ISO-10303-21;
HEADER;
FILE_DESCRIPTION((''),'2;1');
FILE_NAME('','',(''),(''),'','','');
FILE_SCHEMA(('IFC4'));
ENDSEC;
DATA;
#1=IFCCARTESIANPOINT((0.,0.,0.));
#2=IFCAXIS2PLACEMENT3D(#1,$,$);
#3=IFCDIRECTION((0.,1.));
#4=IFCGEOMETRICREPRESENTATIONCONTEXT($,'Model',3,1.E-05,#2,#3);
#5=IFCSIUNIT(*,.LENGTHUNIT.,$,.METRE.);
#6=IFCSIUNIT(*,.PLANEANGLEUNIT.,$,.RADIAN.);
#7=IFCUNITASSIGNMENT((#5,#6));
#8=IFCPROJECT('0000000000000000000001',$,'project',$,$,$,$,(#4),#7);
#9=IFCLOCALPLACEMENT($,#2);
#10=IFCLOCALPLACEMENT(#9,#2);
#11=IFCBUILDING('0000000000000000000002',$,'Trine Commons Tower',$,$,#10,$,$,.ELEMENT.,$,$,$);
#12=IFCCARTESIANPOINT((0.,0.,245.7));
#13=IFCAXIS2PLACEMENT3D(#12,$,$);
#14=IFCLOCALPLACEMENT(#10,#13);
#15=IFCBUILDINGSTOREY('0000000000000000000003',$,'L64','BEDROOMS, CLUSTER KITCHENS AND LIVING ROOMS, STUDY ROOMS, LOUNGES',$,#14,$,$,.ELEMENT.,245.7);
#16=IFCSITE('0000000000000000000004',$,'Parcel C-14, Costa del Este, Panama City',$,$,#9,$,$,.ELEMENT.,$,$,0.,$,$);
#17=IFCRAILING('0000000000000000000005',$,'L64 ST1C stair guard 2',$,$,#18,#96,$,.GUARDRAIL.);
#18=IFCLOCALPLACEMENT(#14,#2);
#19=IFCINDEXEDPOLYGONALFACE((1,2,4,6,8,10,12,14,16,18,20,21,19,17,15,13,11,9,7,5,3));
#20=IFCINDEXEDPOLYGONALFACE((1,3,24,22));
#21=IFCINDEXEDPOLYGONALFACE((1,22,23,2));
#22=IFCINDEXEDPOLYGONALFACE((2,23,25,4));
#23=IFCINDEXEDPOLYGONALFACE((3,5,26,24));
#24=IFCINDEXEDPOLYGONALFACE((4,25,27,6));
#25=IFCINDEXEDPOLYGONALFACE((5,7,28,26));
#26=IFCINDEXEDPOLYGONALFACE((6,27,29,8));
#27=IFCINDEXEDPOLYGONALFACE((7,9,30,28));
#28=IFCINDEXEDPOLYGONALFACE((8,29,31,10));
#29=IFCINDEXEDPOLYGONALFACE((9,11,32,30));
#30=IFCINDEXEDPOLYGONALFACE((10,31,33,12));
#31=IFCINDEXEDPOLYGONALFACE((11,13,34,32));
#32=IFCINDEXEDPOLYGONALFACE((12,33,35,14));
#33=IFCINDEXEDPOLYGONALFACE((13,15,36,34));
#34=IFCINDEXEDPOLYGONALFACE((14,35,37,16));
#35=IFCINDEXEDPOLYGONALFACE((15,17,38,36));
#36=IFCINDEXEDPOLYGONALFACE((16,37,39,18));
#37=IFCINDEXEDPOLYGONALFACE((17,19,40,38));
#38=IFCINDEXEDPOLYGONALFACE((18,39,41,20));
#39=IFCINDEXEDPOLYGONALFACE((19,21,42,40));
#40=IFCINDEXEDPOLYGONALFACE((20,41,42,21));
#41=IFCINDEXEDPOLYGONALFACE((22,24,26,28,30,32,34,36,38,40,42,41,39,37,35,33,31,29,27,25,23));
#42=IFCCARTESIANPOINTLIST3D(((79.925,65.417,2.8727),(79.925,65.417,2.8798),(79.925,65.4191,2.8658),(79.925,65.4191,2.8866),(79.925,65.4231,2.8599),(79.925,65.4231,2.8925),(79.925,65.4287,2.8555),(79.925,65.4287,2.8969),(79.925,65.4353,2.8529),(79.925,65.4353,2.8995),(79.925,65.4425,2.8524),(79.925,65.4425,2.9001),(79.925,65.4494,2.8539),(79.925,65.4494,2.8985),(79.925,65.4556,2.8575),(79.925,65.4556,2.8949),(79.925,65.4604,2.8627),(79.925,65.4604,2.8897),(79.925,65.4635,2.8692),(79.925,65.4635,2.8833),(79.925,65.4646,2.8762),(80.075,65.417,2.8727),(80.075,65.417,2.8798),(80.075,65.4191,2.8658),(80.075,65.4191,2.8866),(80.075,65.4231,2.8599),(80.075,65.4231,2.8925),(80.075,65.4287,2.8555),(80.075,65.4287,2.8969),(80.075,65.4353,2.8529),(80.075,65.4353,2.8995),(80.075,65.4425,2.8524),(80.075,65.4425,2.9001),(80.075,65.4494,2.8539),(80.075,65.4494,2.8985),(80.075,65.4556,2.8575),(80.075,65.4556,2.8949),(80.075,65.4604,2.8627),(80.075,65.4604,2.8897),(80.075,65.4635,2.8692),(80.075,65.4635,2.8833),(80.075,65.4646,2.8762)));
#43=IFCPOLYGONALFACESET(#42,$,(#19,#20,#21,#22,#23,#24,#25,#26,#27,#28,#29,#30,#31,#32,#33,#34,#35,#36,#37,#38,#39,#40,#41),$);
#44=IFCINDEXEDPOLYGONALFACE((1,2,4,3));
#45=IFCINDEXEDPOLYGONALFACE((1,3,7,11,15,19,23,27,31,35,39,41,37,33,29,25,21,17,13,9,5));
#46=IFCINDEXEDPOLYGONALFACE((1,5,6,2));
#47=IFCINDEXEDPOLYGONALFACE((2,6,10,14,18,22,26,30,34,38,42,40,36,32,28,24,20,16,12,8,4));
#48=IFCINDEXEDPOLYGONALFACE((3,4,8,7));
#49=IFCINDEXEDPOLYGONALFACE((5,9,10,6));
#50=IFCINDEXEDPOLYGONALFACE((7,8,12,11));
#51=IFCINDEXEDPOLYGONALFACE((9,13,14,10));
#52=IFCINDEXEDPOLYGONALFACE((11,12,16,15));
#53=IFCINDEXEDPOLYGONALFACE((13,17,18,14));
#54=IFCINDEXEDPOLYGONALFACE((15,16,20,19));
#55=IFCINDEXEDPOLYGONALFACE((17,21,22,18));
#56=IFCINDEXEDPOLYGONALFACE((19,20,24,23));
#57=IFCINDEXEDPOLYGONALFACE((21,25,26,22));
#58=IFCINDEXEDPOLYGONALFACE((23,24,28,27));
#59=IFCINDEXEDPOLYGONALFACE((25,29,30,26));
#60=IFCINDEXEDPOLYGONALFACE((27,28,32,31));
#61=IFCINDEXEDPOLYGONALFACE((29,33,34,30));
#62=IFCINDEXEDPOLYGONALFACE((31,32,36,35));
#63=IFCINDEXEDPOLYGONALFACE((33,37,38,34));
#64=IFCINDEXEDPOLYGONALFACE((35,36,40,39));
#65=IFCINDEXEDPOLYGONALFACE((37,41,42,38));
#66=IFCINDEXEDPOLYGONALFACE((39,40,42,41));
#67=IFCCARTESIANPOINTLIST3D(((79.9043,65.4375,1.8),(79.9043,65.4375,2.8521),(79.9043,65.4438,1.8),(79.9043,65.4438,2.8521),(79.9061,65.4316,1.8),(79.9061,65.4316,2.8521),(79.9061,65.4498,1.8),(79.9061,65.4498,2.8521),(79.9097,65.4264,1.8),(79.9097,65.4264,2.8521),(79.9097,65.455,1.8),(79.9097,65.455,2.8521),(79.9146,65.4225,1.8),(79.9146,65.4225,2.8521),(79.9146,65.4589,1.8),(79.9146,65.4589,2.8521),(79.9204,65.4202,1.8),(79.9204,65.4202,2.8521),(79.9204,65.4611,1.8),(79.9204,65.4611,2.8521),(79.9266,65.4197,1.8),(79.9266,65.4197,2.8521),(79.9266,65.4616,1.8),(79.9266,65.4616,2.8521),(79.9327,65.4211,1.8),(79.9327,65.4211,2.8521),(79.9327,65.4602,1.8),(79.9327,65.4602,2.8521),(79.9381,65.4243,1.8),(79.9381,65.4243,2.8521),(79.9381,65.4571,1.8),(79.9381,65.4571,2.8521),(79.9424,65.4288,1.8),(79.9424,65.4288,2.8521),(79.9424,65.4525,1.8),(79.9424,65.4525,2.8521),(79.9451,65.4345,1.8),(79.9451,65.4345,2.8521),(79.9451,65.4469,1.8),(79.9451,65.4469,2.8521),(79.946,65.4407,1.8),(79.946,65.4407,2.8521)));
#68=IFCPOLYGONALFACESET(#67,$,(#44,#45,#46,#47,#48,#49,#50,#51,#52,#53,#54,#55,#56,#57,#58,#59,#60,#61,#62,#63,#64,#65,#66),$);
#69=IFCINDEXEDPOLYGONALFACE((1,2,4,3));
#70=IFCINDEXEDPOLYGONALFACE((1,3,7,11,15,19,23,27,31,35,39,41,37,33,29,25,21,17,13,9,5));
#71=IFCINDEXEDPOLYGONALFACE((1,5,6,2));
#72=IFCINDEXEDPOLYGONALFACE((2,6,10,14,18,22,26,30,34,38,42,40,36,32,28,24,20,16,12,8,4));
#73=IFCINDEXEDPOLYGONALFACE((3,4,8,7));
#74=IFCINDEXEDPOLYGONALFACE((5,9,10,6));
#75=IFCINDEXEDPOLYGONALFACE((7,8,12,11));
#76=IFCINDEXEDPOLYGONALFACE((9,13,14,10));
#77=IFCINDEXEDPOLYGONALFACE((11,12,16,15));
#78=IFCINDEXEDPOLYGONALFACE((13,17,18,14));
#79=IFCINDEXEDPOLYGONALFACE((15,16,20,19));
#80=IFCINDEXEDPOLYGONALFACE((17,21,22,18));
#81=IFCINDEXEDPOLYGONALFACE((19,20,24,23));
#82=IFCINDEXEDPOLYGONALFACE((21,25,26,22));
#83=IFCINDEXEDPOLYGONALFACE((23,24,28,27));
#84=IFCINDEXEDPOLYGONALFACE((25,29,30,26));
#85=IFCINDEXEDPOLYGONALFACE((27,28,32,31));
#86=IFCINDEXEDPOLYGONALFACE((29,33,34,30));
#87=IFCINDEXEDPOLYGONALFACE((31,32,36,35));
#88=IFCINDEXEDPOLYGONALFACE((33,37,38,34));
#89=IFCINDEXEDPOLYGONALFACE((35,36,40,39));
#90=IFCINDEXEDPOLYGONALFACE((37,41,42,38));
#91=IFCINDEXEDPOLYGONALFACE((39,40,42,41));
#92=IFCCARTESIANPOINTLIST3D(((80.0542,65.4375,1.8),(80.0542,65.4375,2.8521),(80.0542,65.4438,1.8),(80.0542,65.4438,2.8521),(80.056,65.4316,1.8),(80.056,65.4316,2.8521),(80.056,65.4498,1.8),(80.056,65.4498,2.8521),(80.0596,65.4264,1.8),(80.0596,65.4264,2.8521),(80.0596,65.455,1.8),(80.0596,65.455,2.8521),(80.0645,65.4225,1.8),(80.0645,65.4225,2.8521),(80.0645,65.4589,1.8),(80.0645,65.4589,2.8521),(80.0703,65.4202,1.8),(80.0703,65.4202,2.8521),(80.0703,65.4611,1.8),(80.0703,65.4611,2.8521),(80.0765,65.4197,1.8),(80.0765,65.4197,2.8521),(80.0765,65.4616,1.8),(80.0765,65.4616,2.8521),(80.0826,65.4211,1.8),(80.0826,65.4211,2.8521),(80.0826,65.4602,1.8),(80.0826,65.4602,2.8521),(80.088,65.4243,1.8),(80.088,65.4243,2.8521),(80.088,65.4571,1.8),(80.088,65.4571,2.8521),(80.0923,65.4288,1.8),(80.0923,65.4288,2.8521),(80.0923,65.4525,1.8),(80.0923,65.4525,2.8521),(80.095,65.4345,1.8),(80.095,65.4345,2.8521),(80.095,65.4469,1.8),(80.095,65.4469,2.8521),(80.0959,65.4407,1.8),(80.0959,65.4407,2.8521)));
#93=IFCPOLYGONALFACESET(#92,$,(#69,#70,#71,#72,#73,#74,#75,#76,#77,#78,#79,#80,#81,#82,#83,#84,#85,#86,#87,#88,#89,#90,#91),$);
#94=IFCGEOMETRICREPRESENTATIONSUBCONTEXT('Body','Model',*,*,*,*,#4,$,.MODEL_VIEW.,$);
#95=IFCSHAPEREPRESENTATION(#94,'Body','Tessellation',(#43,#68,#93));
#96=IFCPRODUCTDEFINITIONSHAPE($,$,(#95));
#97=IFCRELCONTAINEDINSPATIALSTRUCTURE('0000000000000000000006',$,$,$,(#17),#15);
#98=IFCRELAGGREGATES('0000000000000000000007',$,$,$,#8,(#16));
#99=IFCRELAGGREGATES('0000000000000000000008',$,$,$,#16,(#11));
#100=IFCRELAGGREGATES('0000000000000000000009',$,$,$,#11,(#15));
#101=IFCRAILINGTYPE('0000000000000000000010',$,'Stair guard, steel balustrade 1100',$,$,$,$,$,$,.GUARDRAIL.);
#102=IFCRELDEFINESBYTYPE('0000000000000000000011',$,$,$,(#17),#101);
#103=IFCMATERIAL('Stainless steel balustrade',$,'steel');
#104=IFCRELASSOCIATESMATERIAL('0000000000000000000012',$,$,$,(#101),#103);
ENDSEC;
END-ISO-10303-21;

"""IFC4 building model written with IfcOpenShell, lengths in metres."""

from ifc_helpers import new_model, si_unit, direction, frame, origin, origin_2d, place, context, subcontext, project, spatial, circle, extrude, material, type_object, element, save


model = new_model("IFC4")

# Units and contexts
model_context = context("Model", 3, precision=1e-05, world=origin(), true_north=direction((0.0, 1.0)))
body_context = subcontext(model_context, "Body", "Model", "MODEL_VIEW")
ifc_project = project(units=[si_unit("LENGTHUNIT", "METRE"), si_unit("PLANEANGLEUNIT", "RADIAN")], contexts=[model_context])

# Site, building, storey
site_placement = place(None, origin())
site = spatial("IfcSite", under=ifc_project, at=site_placement, Name="Parcel C-14, Costa del Este, Panama City", CompositionType="ELEMENT", RefElevation=0.0)
building_placement = place(site_placement, origin())
building = spatial("IfcBuilding", under=site, at=building_placement, Name="Trine Commons Tower", CompositionType="ELEMENT")
storey_placement = place(building_placement, frame((0.0, 0.0, 245.7)))
storey = spatial("IfcBuildingStorey", under=building, at=storey_placement, Name="L64", Description="BEDROOMS, CLUSTER KITCHENS AND LIVING ROOMS, STUDY ROOMS, LOUNGES", CompositionType="ELEMENT", Elevation=245.7)

# Railing
ifc_material_1 = material(Name="Stainless steel balustrade", Category="steel")
railing_type_1 = type_object("IfcRailingType", Name="Stair guard, steel balustrade 1100", PredefinedType="GUARDRAIL", material=ifc_material_1)
railing_1_placement = place(storey_placement, frame((79.925, 65.4407, 1.8)))
element("IfcRailing", 1, at=railing_1_placement, inside=storey, type_object=railing_type_1, Name="L64 ST1C stair guard 2", PredefinedType="GUARDRAIL", context=body_context, shape_type="SweptSolid", body=[
    extrude(circle(Radius=0.0239, at=origin_2d()), frame((0.0, 0.0, 1.0762), z_axis=(1.0, 0.0, 0.0), x_axis=(0.0, 1.0, 0.0)), (0.0, 0.0, 1.0), 0.1499),
    extrude(circle(Radius=0.021, at=origin_2d()), origin(), (0.0, 0.0, 1.0), 1.052),
    extrude(circle(Radius=0.021, at=origin_2d()), frame((0.1499, 0.0, 0.0)), (0.0, 0.0, 1.0), 1.052),
])

save(model, "model.ifc")
